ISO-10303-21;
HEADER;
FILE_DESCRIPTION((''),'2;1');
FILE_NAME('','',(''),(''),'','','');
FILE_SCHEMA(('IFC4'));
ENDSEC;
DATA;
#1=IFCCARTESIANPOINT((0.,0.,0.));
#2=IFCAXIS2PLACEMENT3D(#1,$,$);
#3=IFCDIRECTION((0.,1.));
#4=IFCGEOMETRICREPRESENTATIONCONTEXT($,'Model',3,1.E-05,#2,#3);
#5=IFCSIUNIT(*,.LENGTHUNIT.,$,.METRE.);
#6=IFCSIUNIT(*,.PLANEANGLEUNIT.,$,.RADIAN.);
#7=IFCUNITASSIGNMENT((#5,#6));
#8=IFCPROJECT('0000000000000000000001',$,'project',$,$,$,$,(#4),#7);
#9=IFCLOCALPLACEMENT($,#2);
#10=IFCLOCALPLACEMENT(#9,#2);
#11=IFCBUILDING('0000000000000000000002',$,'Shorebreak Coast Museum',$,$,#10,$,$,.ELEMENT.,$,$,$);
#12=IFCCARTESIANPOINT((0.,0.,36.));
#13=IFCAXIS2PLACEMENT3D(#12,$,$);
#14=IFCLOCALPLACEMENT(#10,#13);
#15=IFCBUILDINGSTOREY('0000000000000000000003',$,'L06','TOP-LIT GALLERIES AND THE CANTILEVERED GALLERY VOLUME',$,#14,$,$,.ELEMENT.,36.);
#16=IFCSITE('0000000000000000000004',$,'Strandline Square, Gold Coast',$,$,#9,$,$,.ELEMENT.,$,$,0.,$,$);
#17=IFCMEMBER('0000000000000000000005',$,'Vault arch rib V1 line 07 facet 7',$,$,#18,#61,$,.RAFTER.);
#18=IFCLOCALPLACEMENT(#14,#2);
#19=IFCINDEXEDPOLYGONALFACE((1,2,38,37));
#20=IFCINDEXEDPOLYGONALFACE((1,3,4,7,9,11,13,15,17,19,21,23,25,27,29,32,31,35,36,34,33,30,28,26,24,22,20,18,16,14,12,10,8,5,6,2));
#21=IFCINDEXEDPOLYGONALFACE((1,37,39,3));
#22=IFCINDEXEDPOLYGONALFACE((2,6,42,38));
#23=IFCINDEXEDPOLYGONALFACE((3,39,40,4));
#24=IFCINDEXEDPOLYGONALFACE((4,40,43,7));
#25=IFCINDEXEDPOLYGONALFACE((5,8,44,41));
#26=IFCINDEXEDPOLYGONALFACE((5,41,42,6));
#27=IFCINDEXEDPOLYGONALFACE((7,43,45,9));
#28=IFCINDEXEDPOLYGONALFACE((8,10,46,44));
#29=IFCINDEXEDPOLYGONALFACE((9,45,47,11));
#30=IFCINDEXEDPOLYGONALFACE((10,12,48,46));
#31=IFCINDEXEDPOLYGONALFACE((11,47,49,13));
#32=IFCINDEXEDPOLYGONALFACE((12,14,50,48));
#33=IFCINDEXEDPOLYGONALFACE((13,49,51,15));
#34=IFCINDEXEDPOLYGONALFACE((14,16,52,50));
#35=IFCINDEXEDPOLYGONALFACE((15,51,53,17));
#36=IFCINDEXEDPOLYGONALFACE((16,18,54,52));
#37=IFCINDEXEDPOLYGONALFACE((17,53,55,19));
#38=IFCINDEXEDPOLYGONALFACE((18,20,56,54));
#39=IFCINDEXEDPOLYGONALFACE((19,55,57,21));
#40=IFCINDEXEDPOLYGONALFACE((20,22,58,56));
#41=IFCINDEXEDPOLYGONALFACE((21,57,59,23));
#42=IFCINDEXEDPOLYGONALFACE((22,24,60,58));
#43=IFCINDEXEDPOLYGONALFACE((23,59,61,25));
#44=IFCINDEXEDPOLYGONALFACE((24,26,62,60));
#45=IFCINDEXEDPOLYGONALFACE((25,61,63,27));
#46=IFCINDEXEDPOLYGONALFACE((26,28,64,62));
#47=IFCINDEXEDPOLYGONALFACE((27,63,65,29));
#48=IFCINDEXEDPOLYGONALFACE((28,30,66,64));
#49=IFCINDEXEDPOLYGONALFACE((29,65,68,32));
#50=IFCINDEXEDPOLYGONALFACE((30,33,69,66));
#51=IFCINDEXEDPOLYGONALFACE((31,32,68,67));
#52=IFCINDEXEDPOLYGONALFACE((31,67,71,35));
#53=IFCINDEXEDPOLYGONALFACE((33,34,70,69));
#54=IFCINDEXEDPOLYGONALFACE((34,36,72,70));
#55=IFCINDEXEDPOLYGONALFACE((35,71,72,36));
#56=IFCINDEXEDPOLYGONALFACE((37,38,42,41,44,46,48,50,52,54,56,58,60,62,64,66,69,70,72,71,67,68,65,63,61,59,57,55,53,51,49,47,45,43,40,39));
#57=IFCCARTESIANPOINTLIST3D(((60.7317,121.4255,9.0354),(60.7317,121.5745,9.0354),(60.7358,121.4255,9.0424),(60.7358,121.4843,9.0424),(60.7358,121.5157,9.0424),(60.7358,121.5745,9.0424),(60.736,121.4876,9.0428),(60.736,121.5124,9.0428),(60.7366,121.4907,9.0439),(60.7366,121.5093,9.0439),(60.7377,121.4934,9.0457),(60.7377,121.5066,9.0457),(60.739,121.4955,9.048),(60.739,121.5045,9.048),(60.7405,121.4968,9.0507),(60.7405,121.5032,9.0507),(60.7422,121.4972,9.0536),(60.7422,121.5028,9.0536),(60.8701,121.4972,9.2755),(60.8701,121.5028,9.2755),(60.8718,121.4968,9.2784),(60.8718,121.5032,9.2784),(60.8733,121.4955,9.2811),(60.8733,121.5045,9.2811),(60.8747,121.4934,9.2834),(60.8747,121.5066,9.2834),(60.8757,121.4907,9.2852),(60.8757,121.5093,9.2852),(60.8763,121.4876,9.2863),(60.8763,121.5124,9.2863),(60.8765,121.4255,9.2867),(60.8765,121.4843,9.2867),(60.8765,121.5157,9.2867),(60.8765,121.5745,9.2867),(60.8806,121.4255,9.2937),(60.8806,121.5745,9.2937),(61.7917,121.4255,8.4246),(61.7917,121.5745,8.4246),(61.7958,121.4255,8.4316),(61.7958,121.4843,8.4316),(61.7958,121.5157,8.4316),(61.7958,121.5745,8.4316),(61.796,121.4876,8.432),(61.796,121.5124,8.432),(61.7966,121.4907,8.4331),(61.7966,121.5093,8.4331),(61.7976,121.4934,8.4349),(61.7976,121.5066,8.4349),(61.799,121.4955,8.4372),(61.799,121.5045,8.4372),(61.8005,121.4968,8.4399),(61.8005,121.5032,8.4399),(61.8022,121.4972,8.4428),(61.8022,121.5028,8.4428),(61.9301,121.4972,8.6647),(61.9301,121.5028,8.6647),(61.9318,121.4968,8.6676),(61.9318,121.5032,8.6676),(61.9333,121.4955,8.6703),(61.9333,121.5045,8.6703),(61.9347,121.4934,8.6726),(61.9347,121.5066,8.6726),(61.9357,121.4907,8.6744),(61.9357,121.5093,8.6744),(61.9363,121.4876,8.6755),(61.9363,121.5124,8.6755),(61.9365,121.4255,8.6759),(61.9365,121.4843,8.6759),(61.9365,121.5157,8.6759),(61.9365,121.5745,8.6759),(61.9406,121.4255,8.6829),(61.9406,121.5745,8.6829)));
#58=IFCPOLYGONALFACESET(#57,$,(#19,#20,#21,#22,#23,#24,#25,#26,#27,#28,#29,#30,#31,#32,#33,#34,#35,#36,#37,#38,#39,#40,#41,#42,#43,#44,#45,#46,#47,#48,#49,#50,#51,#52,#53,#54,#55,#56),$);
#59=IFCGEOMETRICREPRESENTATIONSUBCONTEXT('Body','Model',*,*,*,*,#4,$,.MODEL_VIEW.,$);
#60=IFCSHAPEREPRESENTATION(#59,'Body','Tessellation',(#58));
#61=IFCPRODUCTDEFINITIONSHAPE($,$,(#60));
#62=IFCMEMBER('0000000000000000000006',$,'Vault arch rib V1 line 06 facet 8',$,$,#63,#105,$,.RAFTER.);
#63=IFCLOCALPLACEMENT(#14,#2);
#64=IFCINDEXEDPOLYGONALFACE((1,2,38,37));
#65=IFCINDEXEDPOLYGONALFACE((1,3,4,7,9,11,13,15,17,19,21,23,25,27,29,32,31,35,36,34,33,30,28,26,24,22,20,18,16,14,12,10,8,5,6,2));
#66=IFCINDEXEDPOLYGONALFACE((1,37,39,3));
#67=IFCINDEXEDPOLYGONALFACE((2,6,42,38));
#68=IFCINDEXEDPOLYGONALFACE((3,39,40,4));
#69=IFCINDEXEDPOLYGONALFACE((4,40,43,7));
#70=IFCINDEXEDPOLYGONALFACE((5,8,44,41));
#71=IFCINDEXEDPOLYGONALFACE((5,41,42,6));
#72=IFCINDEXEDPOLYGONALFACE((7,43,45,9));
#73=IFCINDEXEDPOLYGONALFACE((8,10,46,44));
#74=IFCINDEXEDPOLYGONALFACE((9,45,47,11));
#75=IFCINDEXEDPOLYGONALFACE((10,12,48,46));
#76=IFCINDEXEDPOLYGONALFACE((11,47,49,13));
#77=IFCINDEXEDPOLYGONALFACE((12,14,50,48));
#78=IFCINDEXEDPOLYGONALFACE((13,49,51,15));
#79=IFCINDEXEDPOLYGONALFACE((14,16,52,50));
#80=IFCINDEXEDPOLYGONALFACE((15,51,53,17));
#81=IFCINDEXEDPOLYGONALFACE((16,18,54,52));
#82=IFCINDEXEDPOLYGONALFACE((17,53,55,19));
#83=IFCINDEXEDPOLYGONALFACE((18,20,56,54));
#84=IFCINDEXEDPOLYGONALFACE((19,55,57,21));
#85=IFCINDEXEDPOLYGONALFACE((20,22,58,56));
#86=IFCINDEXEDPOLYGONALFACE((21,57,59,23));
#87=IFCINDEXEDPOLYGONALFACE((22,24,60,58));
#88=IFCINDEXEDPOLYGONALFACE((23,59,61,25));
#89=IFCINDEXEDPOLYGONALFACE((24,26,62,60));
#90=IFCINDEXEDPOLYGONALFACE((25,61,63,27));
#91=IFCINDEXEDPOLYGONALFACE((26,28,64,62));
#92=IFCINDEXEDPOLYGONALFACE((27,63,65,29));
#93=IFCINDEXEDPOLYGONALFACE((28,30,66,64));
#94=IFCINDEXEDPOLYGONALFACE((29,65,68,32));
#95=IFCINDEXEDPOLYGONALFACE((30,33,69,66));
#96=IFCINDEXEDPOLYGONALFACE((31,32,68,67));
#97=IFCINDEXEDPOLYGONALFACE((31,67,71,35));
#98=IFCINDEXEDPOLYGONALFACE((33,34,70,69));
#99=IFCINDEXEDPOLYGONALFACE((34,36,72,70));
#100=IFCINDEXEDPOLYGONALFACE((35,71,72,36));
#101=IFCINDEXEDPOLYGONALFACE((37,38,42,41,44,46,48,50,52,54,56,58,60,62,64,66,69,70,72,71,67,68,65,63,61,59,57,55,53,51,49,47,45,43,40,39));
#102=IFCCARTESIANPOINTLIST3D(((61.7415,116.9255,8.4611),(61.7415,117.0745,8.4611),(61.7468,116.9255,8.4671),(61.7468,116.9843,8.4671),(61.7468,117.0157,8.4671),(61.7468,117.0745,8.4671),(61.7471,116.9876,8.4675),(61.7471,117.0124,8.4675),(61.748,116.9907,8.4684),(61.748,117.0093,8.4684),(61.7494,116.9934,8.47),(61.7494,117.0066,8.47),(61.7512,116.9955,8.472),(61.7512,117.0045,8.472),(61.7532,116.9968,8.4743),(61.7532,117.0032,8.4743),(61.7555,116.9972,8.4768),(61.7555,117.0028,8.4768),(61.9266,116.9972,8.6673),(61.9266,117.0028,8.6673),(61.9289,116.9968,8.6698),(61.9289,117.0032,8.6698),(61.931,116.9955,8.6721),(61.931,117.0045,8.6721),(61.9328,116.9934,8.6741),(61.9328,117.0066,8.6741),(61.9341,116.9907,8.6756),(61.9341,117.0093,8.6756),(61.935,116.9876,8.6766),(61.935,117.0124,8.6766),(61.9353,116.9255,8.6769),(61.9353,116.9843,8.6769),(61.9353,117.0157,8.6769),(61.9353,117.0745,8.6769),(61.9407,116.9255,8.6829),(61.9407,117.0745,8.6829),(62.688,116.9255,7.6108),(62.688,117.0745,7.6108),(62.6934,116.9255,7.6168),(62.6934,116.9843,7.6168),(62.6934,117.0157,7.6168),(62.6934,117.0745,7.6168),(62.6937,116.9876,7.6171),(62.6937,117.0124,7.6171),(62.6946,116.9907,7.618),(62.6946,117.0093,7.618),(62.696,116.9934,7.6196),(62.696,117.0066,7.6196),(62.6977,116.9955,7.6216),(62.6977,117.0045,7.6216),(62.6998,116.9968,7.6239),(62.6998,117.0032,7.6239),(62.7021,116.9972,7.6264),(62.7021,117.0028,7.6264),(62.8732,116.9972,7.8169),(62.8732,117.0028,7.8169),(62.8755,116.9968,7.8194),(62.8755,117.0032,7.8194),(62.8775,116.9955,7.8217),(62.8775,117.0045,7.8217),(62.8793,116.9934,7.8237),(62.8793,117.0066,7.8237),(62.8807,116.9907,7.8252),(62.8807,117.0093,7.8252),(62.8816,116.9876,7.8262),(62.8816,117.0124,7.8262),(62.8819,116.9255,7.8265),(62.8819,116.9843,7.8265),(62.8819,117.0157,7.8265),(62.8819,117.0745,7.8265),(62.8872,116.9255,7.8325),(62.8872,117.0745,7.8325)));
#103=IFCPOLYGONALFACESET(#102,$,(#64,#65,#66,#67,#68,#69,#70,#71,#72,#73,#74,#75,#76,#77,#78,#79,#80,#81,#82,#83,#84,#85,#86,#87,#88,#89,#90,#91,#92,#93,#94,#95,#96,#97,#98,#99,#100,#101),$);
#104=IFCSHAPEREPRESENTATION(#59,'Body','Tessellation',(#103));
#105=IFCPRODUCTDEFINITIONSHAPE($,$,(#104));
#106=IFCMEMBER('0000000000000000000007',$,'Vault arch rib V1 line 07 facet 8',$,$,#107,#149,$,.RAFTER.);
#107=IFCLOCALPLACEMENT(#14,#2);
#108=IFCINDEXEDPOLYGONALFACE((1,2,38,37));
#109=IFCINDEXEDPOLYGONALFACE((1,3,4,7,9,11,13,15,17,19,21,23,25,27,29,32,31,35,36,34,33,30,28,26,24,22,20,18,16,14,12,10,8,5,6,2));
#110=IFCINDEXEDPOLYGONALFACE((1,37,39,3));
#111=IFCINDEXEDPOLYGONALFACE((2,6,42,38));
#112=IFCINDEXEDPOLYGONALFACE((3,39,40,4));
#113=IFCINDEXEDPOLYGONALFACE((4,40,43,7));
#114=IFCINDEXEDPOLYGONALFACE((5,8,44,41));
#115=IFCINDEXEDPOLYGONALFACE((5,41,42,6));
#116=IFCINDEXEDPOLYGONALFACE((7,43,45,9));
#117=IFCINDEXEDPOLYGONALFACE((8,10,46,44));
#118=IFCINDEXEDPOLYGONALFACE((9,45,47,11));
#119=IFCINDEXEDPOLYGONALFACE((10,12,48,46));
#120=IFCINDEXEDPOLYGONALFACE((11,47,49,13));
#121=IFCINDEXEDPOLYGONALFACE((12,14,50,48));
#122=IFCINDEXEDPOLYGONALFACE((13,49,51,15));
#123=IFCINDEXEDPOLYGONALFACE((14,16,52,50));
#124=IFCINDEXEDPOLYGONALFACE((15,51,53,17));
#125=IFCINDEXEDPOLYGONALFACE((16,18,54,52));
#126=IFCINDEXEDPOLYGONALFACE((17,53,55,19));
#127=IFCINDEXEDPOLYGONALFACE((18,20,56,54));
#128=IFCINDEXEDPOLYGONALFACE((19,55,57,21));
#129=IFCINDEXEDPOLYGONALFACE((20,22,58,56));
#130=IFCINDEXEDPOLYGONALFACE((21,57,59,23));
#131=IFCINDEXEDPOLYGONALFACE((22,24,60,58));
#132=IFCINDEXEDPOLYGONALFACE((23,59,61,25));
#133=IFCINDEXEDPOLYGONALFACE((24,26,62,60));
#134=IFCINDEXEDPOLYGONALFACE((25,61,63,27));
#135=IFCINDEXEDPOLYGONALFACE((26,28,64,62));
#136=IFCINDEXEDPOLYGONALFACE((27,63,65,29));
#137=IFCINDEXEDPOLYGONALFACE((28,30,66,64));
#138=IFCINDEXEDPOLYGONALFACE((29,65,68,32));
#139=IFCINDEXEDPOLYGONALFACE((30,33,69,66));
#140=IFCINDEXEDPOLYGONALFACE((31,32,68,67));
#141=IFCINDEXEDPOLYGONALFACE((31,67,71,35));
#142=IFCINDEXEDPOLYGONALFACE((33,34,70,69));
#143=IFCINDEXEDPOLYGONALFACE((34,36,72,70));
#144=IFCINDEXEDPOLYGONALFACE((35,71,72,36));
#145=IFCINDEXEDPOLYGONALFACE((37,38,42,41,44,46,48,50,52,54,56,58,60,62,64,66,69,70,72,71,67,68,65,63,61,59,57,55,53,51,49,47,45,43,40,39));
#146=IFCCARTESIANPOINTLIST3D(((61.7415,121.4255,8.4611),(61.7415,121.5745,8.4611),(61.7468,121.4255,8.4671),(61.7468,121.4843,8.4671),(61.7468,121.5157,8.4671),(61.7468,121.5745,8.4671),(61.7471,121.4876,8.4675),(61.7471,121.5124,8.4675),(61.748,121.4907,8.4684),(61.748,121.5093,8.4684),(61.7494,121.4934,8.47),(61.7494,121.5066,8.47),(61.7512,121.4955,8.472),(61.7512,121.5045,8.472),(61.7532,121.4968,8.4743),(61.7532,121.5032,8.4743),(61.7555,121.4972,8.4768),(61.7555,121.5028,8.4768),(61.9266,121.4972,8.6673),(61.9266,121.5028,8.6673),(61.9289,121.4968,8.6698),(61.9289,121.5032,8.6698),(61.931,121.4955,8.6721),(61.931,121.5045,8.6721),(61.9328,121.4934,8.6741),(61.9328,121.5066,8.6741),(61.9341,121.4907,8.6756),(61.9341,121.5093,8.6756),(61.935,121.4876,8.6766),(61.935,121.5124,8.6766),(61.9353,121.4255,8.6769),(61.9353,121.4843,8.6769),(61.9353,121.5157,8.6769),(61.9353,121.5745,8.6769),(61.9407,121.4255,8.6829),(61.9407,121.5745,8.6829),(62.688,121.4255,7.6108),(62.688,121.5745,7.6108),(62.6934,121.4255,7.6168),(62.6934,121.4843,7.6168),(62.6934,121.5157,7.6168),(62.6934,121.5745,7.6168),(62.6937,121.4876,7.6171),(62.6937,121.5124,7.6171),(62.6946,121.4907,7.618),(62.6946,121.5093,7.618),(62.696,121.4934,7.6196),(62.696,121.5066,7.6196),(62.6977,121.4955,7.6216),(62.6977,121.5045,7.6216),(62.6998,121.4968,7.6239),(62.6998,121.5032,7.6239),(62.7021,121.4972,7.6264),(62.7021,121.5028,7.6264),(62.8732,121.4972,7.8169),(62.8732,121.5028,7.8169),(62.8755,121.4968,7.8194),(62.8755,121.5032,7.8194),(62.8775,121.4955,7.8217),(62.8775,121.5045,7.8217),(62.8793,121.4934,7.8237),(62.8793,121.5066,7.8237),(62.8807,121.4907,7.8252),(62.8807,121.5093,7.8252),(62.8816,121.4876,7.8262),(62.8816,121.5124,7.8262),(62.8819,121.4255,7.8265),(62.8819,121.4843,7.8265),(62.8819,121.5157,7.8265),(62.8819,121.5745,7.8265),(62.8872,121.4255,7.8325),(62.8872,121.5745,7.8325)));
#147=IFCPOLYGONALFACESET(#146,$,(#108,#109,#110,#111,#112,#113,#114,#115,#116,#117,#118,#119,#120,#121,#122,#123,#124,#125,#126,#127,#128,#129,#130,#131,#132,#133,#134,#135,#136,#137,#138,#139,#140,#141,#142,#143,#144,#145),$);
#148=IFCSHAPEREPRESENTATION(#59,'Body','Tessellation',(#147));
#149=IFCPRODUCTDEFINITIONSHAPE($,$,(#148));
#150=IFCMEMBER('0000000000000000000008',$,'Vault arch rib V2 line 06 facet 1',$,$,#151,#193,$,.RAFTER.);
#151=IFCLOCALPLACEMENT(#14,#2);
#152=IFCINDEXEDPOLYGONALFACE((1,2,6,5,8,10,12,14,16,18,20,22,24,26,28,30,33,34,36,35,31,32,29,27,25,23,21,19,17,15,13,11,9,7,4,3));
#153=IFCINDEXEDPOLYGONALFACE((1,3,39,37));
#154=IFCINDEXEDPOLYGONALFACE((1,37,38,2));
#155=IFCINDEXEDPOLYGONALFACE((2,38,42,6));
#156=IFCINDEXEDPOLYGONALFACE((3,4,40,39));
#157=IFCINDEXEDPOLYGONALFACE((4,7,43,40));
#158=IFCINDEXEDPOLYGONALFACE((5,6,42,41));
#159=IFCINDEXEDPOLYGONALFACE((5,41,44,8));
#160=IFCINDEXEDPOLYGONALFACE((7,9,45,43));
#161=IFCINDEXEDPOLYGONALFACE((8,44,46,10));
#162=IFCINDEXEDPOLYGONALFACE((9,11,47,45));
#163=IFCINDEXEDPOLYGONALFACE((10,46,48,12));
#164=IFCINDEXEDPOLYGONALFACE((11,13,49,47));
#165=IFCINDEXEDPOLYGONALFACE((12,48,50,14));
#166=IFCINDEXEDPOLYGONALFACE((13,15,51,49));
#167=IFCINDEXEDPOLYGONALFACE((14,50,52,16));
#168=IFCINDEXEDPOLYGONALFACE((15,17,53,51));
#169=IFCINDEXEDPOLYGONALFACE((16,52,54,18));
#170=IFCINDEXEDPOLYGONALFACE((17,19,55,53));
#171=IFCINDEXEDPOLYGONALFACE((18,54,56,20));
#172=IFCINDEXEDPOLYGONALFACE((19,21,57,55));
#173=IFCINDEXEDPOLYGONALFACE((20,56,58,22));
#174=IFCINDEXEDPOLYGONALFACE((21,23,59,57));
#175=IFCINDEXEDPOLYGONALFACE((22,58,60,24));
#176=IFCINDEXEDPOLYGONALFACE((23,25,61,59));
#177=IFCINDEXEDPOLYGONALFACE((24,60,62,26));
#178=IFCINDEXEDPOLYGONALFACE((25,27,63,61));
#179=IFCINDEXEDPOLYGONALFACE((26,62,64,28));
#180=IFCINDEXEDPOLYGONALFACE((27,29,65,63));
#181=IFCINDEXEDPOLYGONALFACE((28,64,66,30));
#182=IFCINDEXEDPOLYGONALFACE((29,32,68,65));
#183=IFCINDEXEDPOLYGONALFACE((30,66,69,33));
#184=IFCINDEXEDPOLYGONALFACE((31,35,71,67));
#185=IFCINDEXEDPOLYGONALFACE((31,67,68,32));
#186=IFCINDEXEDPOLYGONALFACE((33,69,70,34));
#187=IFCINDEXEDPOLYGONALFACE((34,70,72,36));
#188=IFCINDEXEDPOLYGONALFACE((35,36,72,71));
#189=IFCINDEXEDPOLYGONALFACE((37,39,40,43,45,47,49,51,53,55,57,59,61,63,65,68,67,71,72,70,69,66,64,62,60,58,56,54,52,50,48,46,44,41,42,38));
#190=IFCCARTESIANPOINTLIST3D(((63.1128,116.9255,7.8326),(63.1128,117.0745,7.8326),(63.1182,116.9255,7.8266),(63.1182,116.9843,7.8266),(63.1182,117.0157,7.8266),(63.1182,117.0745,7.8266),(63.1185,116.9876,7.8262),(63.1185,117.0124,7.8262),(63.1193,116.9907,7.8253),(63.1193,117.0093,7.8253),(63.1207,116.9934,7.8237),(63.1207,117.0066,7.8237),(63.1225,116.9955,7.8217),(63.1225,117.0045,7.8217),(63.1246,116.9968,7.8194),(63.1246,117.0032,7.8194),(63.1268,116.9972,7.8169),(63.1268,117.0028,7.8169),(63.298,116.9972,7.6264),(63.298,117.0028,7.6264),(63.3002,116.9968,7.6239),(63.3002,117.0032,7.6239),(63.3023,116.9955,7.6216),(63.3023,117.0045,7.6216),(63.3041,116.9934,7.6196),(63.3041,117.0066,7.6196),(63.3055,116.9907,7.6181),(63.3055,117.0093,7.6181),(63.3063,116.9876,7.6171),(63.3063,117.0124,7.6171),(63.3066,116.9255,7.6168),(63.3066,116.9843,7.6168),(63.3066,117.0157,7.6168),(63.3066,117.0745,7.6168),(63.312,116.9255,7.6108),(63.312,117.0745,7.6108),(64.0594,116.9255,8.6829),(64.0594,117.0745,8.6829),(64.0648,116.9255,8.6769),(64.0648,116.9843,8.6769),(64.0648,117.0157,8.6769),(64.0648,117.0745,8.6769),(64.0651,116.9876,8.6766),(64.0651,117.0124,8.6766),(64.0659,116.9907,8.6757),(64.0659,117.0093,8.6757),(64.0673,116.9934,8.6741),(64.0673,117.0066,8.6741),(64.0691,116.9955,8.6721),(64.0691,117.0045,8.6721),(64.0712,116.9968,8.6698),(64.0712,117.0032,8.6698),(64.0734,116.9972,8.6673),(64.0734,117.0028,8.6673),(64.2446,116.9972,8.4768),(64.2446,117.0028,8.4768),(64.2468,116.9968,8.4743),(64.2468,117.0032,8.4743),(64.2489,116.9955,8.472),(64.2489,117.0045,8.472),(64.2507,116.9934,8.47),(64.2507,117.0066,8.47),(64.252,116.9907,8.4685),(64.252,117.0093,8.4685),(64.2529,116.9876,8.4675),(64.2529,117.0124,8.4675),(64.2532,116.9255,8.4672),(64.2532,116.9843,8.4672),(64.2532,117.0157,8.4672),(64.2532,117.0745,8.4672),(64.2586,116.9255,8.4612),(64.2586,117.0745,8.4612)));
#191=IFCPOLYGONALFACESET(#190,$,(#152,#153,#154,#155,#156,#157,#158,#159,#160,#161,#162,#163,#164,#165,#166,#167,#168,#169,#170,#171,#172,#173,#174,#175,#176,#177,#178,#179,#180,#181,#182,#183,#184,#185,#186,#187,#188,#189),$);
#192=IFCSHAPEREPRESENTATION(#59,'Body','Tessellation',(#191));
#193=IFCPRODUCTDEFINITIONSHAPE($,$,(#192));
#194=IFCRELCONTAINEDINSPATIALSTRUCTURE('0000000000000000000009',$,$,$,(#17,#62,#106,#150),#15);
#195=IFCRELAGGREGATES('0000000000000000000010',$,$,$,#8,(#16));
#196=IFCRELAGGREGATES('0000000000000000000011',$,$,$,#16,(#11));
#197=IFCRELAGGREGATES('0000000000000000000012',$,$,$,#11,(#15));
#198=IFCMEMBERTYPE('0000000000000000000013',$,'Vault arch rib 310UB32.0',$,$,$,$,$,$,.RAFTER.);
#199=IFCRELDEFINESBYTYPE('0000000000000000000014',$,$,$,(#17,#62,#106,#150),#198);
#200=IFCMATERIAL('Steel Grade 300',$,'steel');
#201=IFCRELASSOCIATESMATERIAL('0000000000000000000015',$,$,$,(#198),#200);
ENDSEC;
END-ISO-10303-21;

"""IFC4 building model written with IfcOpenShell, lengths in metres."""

from ifc_helpers import new_model, si_unit, direction, frame, origin, origin_2d, place, context, subcontext, project, spatial, i_section, extrude, material, material_profile, profile_set, type_object, element, save


model = new_model("IFC4")

# Units and contexts
model_context = context("Model", 3, precision=1e-05, world=origin(), true_north=direction((0.0, 1.0)))
body_context = subcontext(model_context, "Body", "Model", "MODEL_VIEW")
ifc_project = project(units=[si_unit("LENGTHUNIT", "METRE"), si_unit("PLANEANGLEUNIT", "RADIAN")], contexts=[model_context])

# Site, building, storey
site_placement = place(None, origin())
site = spatial("IfcSite", under=ifc_project, at=site_placement, Name="Strandline Square, Gold Coast", CompositionType="ELEMENT", RefElevation=0.0)
building_placement = place(site_placement, origin())
building = spatial("IfcBuilding", under=site, at=building_placement, Name="Shorebreak Coast Museum", CompositionType="ELEMENT")
storey_placement = place(building_placement, frame((0.0, 0.0, 36.0)))
storey = spatial("IfcBuildingStorey", under=building, at=storey_placement, Name="L06", Description="TOP-LIT GALLERIES AND THE CANTILEVERED GALLERY VOLUME", CompositionType="ELEMENT", Elevation=36.0)

# Members
ifc_material_1 = material(Name="Steel Grade 300", Category="steel")
ifc_material_profile_1 = material_profile(ifc_material_1, i_section(OverallWidth=0.1489, OverallDepth=0.2981, WebThickness=0.0056, FlangeThickness=0.0081, FilletRadius=0.0129, at=origin_2d()), Name="310UB32.0")
ifc_profile_set_1 = profile_set([ifc_material_profile_1], Name="Steel Grade 300")
member_type_1 = type_object("IfcMemberType", Name="Vault arch rib 310UB32.0", PredefinedType="RAFTER", material=ifc_profile_set_1)
for number, where, z_axis, x_axis, name in (
    (1, (60.8062, 121.5, 9.1646), (0.866445, 0.0, -0.499273), (0.0, 1.0, 0.0), "Vault arch rib V1 line 07 facet 7"),
):
    element("IfcMember", number, at=place(storey_placement, frame(where, z_axis=z_axis, x_axis=x_axis)), inside=storey, type_object=member_type_1, Name=name, PredefinedType="RAFTER", context=body_context, shape_type="SweptSolid", body=[
        extrude(i_section(OverallWidth=0.1489, OverallDepth=0.2981, WebThickness=0.0056, FlangeThickness=0.0081, FilletRadius=0.0129, at=origin_2d()), origin(), (0.0, 0.0, 1.0), 1.2234),
    ])
for number, where, z_axis, x_axis, name in (
    (2, (61.8411, 117.0, 8.572), (0.743895, 0.0, -0.668297), (0.0, 1.0, 0.0), "Vault arch rib V1 line 06 facet 8"),
    (3, (61.8411, 121.5, 8.572), (0.743895, 0.0, -0.668297), (0.0, 1.0, 0.0), "Vault arch rib V1 line 07 facet 8"),
    (4, (63.2124, 117.0, 7.7217), (0.743895, 0.0, 0.668297), (0.0, 1.0, 0.0), "Vault arch rib V2 line 06 facet 1"),
):
    element("IfcMember", number, at=place(storey_placement, frame(where, z_axis=z_axis, x_axis=x_axis)), inside=storey, type_object=member_type_1, Name=name, PredefinedType="RAFTER", context=body_context, shape_type="SweptSolid", body=[
        extrude(i_section(OverallWidth=0.1489, OverallDepth=0.2981, WebThickness=0.0056, FlangeThickness=0.0081, FilletRadius=0.0129, at=origin_2d()), origin(), (0.0, 0.0, 1.0), 1.2725),
    ])

save(model, "model.ifc")
